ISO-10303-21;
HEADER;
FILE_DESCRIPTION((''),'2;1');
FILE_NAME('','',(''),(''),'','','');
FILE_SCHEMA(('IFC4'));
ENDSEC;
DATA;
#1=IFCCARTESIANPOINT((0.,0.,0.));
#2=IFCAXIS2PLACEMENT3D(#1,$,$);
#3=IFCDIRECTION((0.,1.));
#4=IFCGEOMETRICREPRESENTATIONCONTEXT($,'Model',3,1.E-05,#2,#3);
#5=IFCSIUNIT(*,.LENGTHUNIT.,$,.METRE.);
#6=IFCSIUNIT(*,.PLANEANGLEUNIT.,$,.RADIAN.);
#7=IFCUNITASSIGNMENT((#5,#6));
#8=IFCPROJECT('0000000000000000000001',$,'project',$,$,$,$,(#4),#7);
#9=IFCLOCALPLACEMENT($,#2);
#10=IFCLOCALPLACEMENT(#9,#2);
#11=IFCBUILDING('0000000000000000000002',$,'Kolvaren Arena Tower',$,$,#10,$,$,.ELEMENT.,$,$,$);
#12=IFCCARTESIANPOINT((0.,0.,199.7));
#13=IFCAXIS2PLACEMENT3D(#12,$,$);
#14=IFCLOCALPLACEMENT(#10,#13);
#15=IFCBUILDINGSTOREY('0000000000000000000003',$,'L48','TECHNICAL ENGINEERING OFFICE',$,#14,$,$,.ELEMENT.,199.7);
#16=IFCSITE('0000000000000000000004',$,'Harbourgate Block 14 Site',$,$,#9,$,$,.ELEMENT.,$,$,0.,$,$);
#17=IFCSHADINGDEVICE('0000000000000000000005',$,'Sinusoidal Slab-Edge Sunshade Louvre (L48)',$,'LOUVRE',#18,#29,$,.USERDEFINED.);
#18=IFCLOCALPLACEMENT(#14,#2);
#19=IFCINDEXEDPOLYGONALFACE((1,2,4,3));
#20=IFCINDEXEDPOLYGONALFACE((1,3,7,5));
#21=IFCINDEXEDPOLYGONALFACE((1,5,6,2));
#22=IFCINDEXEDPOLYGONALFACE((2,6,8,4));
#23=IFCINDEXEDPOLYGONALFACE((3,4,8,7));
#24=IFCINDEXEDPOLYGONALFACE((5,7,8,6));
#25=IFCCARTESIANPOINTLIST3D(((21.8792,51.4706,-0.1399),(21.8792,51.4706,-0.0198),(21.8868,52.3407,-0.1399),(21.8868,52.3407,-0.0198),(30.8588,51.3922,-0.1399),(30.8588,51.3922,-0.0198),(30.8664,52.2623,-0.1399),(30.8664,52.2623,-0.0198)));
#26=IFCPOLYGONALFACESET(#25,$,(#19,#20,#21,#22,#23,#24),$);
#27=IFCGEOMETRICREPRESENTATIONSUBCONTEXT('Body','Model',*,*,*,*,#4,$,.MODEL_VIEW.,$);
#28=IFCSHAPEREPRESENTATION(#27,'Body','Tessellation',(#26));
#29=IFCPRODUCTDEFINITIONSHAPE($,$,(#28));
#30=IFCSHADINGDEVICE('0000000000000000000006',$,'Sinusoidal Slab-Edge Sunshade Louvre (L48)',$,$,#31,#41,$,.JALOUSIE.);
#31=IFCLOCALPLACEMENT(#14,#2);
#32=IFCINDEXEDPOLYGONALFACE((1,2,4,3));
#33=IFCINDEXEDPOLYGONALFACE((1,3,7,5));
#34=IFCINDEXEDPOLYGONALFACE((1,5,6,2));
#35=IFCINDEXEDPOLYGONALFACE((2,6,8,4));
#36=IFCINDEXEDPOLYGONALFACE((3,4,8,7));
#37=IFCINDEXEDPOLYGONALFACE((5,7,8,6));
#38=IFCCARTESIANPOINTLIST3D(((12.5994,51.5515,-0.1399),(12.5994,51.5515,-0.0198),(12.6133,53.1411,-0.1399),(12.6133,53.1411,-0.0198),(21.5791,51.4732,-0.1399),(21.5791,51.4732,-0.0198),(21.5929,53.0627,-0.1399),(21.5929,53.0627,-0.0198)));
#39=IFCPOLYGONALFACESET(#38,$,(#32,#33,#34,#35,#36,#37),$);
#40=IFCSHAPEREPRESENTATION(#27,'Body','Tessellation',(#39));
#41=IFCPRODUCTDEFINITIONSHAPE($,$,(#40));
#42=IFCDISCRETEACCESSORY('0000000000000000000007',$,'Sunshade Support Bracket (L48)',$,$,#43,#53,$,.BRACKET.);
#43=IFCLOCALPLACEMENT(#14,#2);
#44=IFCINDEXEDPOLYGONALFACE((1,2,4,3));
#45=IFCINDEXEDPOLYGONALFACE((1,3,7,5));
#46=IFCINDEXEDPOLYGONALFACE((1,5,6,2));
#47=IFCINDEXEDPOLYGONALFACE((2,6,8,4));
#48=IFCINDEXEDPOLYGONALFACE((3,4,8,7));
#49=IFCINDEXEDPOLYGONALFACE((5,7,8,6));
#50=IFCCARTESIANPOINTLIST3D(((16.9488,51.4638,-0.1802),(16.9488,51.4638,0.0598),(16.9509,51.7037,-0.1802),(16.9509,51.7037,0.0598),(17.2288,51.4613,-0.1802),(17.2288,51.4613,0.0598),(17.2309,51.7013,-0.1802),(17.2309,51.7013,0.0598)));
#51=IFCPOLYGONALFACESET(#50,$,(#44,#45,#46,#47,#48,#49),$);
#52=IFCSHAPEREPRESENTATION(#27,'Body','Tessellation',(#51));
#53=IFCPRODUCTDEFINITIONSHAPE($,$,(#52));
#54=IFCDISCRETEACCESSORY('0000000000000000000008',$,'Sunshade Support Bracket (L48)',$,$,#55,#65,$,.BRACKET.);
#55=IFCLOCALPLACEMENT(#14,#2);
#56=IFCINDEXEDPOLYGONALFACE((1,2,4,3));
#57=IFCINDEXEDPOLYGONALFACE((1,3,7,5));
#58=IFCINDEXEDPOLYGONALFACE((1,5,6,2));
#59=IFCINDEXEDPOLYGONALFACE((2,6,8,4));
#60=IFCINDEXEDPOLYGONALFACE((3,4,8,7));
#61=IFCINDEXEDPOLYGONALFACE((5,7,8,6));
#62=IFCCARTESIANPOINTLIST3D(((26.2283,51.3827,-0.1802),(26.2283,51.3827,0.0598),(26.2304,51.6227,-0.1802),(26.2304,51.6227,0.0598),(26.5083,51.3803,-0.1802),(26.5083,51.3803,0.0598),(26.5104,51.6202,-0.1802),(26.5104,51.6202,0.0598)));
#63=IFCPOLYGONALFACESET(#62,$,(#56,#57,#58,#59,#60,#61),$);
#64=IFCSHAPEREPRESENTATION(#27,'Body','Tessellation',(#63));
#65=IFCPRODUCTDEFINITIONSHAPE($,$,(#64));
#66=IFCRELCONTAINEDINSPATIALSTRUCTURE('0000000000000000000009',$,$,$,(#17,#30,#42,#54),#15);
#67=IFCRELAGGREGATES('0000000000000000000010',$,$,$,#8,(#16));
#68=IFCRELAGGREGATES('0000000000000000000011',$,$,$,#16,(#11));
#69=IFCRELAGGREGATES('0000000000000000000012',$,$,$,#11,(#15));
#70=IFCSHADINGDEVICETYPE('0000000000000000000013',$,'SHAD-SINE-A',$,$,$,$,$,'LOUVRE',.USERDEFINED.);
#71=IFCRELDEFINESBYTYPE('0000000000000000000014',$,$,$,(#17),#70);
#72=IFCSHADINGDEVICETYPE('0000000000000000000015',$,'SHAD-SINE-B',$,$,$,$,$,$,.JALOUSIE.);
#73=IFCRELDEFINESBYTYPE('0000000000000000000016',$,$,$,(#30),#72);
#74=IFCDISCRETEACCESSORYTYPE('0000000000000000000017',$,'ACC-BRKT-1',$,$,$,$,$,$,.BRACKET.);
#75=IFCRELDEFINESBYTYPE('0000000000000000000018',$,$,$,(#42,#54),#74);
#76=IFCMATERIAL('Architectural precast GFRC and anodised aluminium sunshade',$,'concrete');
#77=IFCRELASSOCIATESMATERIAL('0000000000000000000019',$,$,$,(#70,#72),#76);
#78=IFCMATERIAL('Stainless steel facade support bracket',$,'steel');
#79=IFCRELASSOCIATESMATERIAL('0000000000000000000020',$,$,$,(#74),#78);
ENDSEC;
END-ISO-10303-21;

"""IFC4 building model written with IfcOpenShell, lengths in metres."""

from ifc_helpers import new_model, si_unit, direction, frame, origin, origin_2d, place, context, subcontext, project, spatial, rectangle, extrude, material, type_object, element, save


model = new_model("IFC4")

# Units and contexts
model_context = context("Model", 3, precision=1e-05, world=origin(), true_north=direction((0.0, 1.0)))
body_context = subcontext(model_context, "Body", "Model", "MODEL_VIEW")
ifc_project = project(units=[si_unit("LENGTHUNIT", "METRE"), si_unit("PLANEANGLEUNIT", "RADIAN")], contexts=[model_context])

# Site, building, storey
site_placement = place(None, origin())
site = spatial("IfcSite", under=ifc_project, at=site_placement, Name="Harbourgate Block 14 Site", CompositionType="ELEMENT", RefElevation=0.0)
building_placement = place(site_placement, origin())
building = spatial("IfcBuilding", under=site, at=building_placement, Name="Kolvaren Arena Tower", CompositionType="ELEMENT")
storey_placement = place(building_placement, frame((0.0, 0.0, 199.7)))
storey = spatial("IfcBuildingStorey", under=building, at=storey_placement, Name="L48", Description="TECHNICAL ENGINEERING OFFICE", CompositionType="ELEMENT", Elevation=199.7)

# Shading devices
ifc_material_1 = material(Name="Architectural precast GFRC and anodised aluminium sunshade", Category="concrete")
shading_device_type_1 = type_object("IfcShadingDeviceType", Name="SHAD-SINE-A", ElementType="LOUVRE", PredefinedType="USERDEFINED", material=ifc_material_1)
shading_device_1_placement = place(storey_placement, frame((26.3728, 51.8665, -0.1399), z_axis=(0.0, 0.0, 1.0), x_axis=(0.999962, -0.008727, 0.0)))
element("IfcShadingDevice", 1, at=shading_device_1_placement, inside=storey, type_object=shading_device_type_1, Name="Sinusoidal Slab-Edge Sunshade Louvre (L48)", ObjectType="LOUVRE", PredefinedType="USERDEFINED", context=body_context, shape_type="SweptSolid", body=[
    extrude(rectangle(XDim=8.98, YDim=0.8701, at=origin_2d()), origin(), (0.0, 0.0, 1.0), 0.1201),
])
shading_device_type_2 = type_object("IfcShadingDeviceType", Name="SHAD-SINE-B", PredefinedType="JALOUSIE", material=ifc_material_1)
shading_device_2_placement = place(storey_placement, frame((17.0962, 52.3071, -0.1399), z_axis=(0.0, 0.0, 1.0), x_axis=(0.999962, -0.008727, 0.0)))
element("IfcShadingDevice", 2, at=shading_device_2_placement, inside=storey, type_object=shading_device_type_2, Name="Sinusoidal Slab-Edge Sunshade Louvre (L48)", PredefinedType="JALOUSIE", context=body_context, shape_type="SweptSolid", body=[
    extrude(rectangle(XDim=8.98, YDim=1.5896, at=origin_2d()), origin(), (0.0, 0.0, 1.0), 0.1201),
])

# Discrete accessories
ifc_material_2 = material(Name="Stainless steel facade support bracket", Category="steel")
discrete_accessory_type = type_object("IfcDiscreteAccessoryType", Name="ACC-BRKT-1", PredefinedType="BRACKET", material=ifc_material_2)
for number, where, z_axis, x_axis, name in (
    (3, (17.0898, 51.5825, -0.1802), (0.0, 0.0, 1.0), (0.999962, -0.008727, 0.0), "Sunshade Support Bracket (L48)"),
    (4, (26.3694, 51.5015, -0.1802), (0.0, 0.0, 1.0), (0.999962, -0.008727, 0.0), "Sunshade Support Bracket (L48)"),
):
    element("IfcDiscreteAccessory", number, at=place(storey_placement, frame(where, z_axis=z_axis, x_axis=x_axis)), inside=storey, type_object=discrete_accessory_type, Name=name, PredefinedType="BRACKET", context=body_context, shape_type="SweptSolid", body=[
        extrude(rectangle(XDim=0.28, YDim=0.24, at=origin_2d()), origin(), (0.0, 0.0, 1.0), 0.24),
    ])

save(model, "model.ifc")
